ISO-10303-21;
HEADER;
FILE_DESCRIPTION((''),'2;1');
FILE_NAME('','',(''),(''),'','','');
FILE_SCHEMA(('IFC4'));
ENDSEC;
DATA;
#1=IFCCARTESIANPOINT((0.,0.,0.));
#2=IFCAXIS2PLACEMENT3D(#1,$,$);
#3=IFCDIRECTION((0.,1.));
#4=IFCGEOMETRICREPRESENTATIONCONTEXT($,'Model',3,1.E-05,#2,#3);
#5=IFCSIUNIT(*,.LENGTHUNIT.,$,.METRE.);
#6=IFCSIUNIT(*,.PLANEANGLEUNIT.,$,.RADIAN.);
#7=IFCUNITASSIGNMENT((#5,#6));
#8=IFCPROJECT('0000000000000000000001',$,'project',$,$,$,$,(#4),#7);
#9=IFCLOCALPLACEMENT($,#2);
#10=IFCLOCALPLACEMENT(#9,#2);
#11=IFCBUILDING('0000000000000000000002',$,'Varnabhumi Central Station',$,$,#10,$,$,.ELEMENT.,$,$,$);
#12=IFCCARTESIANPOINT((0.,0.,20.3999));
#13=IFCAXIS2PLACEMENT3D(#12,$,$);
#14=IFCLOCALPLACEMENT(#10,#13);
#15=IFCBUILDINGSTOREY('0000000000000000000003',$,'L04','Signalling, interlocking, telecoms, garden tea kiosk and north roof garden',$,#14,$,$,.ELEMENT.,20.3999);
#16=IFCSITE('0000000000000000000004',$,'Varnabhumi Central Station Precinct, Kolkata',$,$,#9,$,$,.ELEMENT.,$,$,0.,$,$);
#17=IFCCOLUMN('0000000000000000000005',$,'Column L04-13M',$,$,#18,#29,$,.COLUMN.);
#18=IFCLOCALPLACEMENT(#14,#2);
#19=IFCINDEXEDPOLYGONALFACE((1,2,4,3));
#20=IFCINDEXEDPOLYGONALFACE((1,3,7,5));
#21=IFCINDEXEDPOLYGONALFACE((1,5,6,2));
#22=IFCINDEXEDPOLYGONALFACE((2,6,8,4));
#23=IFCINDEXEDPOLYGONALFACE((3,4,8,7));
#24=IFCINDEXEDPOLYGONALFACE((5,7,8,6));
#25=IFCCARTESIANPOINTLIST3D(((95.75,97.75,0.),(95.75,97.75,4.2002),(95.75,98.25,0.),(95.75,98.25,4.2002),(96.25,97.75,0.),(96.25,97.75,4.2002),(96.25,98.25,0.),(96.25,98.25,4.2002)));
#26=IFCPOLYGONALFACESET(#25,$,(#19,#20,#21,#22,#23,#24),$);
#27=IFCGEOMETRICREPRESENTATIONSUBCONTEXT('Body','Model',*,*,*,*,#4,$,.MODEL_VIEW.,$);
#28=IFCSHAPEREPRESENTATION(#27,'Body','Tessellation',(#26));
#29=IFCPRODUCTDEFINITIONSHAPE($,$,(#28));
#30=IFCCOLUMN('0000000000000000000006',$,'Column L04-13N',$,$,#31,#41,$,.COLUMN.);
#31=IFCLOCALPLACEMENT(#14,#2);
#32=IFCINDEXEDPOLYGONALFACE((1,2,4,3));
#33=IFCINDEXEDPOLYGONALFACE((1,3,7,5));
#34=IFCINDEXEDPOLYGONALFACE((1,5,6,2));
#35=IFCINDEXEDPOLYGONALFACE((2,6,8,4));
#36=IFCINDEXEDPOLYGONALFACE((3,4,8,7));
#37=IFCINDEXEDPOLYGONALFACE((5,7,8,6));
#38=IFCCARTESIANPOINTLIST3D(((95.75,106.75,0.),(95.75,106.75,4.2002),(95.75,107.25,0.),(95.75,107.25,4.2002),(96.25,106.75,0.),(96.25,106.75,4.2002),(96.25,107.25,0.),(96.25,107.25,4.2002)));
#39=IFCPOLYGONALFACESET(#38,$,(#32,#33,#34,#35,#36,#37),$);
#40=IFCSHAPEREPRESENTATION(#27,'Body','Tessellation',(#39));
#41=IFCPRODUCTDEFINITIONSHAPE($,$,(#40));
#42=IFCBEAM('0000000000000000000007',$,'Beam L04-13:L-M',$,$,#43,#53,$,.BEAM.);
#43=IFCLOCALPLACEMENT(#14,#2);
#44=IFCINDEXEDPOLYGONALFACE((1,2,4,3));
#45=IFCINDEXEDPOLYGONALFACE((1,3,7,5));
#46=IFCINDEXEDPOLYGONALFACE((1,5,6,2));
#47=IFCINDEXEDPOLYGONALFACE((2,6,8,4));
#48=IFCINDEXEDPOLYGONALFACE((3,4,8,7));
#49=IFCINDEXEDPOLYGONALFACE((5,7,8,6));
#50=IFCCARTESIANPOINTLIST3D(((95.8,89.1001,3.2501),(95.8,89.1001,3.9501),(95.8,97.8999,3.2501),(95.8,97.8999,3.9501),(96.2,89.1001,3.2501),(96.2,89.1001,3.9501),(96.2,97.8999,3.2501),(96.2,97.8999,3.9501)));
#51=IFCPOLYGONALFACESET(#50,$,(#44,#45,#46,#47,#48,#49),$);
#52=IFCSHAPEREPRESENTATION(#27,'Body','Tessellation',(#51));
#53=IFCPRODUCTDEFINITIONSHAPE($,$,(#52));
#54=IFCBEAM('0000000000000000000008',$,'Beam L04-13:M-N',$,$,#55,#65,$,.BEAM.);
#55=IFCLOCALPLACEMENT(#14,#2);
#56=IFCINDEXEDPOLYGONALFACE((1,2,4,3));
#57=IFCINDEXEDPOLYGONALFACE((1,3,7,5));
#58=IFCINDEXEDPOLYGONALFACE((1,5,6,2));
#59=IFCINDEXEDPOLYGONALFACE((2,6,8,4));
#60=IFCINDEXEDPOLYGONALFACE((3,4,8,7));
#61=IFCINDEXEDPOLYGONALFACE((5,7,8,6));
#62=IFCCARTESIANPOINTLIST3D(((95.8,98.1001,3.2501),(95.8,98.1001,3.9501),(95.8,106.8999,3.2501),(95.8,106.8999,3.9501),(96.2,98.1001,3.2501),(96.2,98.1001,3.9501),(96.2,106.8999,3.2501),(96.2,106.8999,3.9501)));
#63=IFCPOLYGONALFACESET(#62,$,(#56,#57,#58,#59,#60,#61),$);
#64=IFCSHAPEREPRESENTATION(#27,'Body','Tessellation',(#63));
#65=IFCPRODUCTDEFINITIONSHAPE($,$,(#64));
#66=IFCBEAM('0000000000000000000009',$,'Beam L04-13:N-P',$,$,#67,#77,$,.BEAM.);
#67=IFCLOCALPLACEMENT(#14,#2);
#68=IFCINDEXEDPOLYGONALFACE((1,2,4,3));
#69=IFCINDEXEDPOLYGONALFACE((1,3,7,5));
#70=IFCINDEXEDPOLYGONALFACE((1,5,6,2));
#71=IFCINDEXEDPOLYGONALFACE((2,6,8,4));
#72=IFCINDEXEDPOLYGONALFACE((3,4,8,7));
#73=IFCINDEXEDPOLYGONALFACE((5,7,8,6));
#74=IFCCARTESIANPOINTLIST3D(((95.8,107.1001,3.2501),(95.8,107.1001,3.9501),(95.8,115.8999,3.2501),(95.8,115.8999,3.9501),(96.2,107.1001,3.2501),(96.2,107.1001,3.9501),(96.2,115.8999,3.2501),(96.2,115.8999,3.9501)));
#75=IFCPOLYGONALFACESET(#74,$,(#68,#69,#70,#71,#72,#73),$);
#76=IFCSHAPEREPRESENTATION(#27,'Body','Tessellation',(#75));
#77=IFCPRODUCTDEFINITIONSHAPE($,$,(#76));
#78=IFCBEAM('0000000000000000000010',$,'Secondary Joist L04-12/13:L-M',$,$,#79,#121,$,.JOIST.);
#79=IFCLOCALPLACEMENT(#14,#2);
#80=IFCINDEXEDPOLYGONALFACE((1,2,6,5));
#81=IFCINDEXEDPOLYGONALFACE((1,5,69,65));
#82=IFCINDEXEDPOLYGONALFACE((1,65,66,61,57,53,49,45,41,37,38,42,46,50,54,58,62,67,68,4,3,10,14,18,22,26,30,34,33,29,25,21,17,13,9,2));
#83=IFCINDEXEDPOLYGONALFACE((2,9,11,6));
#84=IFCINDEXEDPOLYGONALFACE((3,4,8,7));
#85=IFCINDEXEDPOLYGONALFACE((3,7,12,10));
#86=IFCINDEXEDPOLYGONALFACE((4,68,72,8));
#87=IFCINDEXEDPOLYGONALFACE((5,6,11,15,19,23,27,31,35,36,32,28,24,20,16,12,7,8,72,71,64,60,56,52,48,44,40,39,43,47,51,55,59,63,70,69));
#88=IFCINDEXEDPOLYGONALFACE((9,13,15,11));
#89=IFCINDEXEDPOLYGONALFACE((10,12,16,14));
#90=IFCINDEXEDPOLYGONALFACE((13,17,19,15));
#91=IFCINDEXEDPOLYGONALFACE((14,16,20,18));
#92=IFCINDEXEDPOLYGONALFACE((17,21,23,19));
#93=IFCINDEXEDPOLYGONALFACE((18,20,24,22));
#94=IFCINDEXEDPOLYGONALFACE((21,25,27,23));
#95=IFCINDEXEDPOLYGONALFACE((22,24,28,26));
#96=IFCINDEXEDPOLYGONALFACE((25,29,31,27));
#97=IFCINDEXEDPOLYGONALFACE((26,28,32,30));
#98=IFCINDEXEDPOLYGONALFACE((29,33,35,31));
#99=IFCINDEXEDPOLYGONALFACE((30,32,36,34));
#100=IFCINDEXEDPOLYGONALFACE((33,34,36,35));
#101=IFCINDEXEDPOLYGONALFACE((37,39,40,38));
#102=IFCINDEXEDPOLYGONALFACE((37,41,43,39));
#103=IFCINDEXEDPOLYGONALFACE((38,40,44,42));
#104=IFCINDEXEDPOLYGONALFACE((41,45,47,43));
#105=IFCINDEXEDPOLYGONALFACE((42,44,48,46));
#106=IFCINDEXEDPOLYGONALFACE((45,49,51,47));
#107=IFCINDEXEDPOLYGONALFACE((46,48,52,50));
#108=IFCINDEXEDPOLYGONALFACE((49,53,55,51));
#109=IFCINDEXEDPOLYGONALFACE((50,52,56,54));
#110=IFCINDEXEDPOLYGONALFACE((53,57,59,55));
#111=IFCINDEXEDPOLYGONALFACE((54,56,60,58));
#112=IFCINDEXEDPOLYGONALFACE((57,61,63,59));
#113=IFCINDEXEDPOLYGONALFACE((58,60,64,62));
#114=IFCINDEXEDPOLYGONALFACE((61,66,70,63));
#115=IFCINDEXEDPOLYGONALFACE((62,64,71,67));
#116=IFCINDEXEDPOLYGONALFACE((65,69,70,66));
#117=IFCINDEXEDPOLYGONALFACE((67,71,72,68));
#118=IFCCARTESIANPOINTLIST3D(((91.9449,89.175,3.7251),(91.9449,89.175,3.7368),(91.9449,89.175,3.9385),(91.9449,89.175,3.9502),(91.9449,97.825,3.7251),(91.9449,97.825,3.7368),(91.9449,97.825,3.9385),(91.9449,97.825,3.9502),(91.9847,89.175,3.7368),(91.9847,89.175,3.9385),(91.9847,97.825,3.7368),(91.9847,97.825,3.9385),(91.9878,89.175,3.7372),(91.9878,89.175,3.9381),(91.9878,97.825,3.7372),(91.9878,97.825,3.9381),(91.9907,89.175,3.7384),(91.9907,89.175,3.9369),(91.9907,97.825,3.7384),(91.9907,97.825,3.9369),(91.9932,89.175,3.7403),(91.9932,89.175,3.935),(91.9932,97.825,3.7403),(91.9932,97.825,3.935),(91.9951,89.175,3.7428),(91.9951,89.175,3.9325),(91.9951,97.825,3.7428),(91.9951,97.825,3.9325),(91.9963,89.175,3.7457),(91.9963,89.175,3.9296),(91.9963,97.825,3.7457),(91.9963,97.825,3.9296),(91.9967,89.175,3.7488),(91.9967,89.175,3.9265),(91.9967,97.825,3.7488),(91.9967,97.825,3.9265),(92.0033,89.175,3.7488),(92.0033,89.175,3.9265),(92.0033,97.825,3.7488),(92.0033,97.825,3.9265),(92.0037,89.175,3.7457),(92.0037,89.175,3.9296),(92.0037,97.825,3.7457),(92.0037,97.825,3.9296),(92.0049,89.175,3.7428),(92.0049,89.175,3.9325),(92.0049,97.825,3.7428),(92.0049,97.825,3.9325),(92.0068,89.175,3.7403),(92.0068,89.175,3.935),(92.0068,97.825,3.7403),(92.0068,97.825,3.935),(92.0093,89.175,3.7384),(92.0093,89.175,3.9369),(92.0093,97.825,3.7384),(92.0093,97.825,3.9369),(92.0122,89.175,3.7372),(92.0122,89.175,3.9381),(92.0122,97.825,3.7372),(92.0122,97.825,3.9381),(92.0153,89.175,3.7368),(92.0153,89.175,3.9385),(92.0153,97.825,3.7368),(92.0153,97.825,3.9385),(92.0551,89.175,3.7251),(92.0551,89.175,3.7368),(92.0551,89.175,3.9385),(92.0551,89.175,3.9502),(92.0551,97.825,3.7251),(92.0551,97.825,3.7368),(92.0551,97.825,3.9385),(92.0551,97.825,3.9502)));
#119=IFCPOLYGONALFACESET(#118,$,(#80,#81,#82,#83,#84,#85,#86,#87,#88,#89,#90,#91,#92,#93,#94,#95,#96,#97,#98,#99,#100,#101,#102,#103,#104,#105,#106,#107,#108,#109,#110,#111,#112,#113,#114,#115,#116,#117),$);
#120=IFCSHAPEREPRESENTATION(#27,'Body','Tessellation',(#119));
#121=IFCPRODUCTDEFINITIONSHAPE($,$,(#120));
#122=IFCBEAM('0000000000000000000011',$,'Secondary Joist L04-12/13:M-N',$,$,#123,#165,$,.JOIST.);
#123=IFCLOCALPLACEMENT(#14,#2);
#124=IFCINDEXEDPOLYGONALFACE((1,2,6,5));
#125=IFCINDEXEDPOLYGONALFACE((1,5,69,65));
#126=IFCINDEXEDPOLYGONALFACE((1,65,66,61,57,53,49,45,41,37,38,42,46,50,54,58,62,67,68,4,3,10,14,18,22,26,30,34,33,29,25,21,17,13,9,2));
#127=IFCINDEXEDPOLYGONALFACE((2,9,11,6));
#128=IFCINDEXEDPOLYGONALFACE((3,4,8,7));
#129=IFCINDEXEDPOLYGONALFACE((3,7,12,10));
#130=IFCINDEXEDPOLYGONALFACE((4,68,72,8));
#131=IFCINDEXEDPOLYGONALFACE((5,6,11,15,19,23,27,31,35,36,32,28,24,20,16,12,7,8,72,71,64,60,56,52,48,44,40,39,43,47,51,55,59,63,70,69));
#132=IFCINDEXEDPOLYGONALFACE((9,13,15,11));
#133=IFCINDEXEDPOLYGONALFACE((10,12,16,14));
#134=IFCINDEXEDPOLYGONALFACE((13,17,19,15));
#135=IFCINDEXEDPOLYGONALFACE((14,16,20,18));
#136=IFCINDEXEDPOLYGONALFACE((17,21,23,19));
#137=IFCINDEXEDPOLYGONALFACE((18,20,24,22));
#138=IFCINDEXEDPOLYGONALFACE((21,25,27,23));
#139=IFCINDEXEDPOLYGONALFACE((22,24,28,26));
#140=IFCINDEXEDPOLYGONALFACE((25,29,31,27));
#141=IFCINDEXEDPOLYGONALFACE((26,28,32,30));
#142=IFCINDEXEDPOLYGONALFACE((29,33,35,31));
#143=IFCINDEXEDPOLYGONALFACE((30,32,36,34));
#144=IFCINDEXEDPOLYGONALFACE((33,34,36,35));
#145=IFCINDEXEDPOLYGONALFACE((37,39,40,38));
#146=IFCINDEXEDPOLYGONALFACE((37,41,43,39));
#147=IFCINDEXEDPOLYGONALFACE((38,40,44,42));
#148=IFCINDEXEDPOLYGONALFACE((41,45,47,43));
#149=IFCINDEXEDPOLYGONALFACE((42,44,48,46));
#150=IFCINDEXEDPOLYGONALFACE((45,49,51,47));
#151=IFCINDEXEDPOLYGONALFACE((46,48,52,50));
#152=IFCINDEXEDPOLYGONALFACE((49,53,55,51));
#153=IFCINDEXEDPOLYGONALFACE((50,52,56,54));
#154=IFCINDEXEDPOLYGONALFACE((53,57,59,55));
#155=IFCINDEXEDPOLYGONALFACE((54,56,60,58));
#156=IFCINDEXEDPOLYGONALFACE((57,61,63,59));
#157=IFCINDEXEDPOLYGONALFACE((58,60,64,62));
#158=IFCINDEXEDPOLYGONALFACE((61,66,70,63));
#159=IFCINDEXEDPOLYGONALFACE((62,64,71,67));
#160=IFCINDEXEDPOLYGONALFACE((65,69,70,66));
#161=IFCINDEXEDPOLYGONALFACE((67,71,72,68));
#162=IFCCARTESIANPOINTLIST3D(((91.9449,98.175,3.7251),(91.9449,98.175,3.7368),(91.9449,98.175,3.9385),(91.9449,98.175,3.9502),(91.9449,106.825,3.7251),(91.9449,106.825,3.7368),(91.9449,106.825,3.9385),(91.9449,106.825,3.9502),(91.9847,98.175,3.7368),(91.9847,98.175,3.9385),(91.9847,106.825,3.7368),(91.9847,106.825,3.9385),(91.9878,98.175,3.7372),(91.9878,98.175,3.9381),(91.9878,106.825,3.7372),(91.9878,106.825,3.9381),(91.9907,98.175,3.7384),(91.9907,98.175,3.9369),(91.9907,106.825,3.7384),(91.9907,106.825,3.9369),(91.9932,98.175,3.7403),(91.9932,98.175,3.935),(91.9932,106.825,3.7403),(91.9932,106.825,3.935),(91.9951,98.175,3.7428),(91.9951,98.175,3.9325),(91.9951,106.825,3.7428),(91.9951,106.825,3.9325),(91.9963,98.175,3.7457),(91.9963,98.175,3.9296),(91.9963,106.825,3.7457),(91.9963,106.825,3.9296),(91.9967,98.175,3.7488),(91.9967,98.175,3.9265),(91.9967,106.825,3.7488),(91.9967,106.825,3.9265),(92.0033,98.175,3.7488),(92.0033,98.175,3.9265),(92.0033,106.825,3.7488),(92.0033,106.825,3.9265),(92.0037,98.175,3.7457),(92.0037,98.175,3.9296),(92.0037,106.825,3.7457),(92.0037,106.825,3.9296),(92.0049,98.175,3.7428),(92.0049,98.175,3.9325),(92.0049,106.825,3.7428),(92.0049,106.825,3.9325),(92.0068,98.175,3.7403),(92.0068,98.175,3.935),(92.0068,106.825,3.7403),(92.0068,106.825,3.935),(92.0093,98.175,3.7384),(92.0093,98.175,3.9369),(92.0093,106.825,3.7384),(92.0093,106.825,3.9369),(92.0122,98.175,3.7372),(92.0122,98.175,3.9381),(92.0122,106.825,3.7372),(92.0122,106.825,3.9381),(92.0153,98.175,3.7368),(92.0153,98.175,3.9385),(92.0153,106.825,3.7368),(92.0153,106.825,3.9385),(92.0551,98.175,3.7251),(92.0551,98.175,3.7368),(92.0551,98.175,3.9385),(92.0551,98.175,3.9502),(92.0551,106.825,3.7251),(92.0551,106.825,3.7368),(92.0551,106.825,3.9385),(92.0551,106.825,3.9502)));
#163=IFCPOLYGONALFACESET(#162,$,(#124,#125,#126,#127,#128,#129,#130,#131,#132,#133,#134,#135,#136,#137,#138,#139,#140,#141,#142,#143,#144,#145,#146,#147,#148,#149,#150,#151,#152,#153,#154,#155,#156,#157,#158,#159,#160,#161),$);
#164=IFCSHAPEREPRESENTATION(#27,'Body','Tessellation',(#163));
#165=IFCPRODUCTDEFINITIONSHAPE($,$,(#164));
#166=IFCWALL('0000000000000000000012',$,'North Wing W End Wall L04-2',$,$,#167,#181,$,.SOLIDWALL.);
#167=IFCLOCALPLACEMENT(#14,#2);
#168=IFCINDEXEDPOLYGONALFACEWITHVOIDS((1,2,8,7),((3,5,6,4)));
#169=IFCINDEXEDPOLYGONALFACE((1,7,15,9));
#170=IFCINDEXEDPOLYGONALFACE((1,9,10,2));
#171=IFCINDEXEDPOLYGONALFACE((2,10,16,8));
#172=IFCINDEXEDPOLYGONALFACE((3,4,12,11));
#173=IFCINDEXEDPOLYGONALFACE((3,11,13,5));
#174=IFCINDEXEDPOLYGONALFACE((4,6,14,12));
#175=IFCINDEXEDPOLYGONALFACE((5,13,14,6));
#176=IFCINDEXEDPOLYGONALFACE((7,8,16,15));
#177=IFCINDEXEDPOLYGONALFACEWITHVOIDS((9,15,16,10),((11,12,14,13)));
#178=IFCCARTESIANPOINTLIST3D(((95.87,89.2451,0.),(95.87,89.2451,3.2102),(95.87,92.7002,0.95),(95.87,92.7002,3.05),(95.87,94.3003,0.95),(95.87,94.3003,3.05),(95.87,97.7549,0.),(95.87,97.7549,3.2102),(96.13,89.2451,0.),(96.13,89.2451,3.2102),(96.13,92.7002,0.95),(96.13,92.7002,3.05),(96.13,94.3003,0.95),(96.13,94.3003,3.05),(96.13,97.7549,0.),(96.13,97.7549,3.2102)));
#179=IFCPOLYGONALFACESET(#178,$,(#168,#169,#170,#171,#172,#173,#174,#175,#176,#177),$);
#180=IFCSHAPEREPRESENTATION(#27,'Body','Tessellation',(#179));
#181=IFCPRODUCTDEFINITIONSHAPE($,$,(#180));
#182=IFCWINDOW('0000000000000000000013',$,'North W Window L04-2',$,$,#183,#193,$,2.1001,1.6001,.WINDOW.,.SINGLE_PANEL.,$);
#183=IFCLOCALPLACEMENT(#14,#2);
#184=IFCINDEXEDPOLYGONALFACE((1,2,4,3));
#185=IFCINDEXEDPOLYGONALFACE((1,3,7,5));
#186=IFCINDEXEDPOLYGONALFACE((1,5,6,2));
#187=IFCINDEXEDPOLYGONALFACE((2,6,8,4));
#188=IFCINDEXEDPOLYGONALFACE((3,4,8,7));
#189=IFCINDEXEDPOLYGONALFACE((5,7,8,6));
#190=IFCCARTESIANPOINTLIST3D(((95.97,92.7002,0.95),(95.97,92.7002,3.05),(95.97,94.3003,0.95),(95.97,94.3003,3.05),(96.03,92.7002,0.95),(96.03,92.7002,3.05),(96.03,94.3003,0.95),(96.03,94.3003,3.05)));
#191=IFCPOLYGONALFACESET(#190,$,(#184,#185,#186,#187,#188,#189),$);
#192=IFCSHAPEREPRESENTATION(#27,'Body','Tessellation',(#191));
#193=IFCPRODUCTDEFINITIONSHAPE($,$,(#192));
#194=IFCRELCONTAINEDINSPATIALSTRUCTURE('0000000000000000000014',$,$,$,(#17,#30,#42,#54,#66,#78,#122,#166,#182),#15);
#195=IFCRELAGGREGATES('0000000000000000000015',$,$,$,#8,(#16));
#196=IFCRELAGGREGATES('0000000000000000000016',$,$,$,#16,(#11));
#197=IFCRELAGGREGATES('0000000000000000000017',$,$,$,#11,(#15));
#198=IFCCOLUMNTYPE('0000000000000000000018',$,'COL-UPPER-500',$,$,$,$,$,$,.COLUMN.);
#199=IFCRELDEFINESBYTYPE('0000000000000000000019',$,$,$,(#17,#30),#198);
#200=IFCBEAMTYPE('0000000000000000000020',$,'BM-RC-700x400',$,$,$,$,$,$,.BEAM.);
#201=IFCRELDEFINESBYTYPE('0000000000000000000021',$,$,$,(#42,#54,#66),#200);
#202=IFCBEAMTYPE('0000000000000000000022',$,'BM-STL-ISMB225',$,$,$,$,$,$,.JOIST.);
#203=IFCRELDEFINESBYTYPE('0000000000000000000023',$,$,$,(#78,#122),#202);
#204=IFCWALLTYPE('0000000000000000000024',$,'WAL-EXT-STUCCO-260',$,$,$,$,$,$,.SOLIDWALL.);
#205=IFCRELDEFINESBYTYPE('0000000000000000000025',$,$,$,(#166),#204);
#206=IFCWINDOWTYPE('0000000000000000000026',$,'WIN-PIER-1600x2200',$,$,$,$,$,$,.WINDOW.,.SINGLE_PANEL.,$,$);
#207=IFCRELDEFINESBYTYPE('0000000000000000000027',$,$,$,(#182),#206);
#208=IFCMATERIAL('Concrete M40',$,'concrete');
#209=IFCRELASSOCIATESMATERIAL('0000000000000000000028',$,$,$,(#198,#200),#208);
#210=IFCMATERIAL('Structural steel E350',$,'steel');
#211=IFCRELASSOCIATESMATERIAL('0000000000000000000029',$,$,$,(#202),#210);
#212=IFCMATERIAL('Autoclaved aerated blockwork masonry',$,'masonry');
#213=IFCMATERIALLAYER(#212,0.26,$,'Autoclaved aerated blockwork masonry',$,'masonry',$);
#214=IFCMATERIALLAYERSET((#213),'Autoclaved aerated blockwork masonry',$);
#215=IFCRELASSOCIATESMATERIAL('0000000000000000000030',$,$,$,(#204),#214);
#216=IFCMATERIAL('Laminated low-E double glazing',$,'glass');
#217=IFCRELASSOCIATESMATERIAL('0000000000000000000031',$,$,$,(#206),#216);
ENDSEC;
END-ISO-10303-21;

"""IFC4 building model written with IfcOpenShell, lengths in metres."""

from ifc_helpers import new_model, si_unit, direction, frame, frame_2d, origin, origin_2d, place, context, subcontext, project, spatial, rectangle, i_section, extrude, material, layer, layer_set, material_profile, profile_set, type_object, element, fill, save


model = new_model("IFC4")

# Units and contexts
model_context = context("Model", 3, precision=1e-05, world=origin(), true_north=direction((0.0, 1.0)))
body_context = subcontext(model_context, "Body", "Model", "MODEL_VIEW")
ifc_project = project(units=[si_unit("LENGTHUNIT", "METRE"), si_unit("PLANEANGLEUNIT", "RADIAN")], contexts=[model_context])

# Site, building, storey
site_placement = place(None, origin())
site = spatial("IfcSite", under=ifc_project, at=site_placement, Name="Varnabhumi Central Station Precinct, Kolkata", CompositionType="ELEMENT", RefElevation=0.0)
building_placement = place(site_placement, origin())
building = spatial("IfcBuilding", under=site, at=building_placement, Name="Varnabhumi Central Station", CompositionType="ELEMENT")
storey_placement = place(building_placement, frame((0.0, 0.0, 20.3999)))
storey = spatial("IfcBuildingStorey", under=building, at=storey_placement, Name="L04", Description="Signalling, interlocking, telecoms, garden tea kiosk and north roof garden", CompositionType="ELEMENT", Elevation=20.3999)

# Columns
ifc_material_1 = material(Name="Concrete M40", Category="concrete")
ifc_material_profile_1 = material_profile(ifc_material_1, rectangle(XDim=0.5, YDim=0.5, at=origin_2d()), Name="Concrete M40", Category="concrete")
ifc_profile_set_1 = profile_set([ifc_material_profile_1], Name="Concrete M40")
column_type = type_object("IfcColumnType", Name="COL-UPPER-500", PredefinedType="COLUMN", material=ifc_profile_set_1)
for number, where, z_axis, x_axis, name in (
    (1, (96.0, 98.0, 0.0), (0.0, 0.0, 1.0), (1.0, 0.0, 0.0), "Column L04-13M"),
    (2, (96.0, 107.0, 0.0), (0.0, 0.0, 1.0), (1.0, 0.0, 0.0), "Column L04-13N"),
):
    element("IfcColumn", number, at=place(storey_placement, frame(where, z_axis=z_axis, x_axis=x_axis)), inside=storey, type_object=column_type, Name=name, PredefinedType="COLUMN", context=body_context, shape_type="SweptSolid", body=[
        extrude(rectangle(XDim=0.5, YDim=0.5, at=origin_2d()), origin(), (0.0, 0.0, 1.0), 4.2002),
    ])

# Beams
ifc_material_profile_2 = material_profile(ifc_material_1, rectangle(XDim=0.3999, YDim=0.7, at=origin_2d()), Name="Concrete M40", Category="concrete")
ifc_profile_set_2 = profile_set([ifc_material_profile_2], Name="Concrete M40")
beam_type_1 = type_object("IfcBeamType", Name="BM-RC-700x400", PredefinedType="BEAM", material=ifc_profile_set_2)
for number, where, z_axis, x_axis, name in (
    (3, (96.0, 89.1001, 3.6001), (0.0, 1.0, 0.0), (-1.0, 0.0, 0.0), "Beam L04-13:L-M"),
    (4, (96.0, 98.1001, 3.6001), (0.0, 1.0, 0.0), (-1.0, 0.0, 0.0), "Beam L04-13:M-N"),
    (5, (96.0, 107.1001, 3.6001), (0.0, 1.0, 0.0), (-1.0, 0.0, 0.0), "Beam L04-13:N-P"),
):
    element("IfcBeam", number, at=place(storey_placement, frame(where, z_axis=z_axis, x_axis=x_axis)), inside=storey, type_object=beam_type_1, Name=name, PredefinedType="BEAM", context=body_context, shape_type="SweptSolid", body=[
        extrude(rectangle(XDim=0.3999, YDim=0.7, at=origin_2d()), origin(), (0.0, 0.0, 1.0), 8.7998),
    ])
ifc_material_2 = material(Name="Structural steel E350", Category="steel")
ifc_material_profile_3 = material_profile(ifc_material_2, i_section(OverallWidth=0.1101, OverallDepth=0.2251, WebThickness=0.0066, FlangeThickness=0.0117, FilletRadius=0.012, at=origin_2d()), Name="Structural steel E350", Category="steel")
ifc_profile_set_3 = profile_set([ifc_material_profile_3], Name="Structural steel E350")
beam_type_2 = type_object("IfcBeamType", Name="BM-STL-ISMB225", PredefinedType="JOIST", material=ifc_profile_set_3)
for number, where, z_axis, x_axis, name in (
    (6, (92.0, 89.175, 3.8376), (0.0, 1.0, 0.0), (-1.0, 0.0, 0.0), "Secondary Joist L04-12/13:L-M"),
    (7, (92.0, 98.175, 3.8376), (0.0, 1.0, 0.0), (-1.0, 0.0, 0.0), "Secondary Joist L04-12/13:M-N"),
):
    element("IfcBeam", number, at=place(storey_placement, frame(where, z_axis=z_axis, x_axis=x_axis)), inside=storey, type_object=beam_type_2, Name=name, PredefinedType="JOIST", context=body_context, shape_type="SweptSolid", body=[
        extrude(i_section(OverallWidth=0.1101, OverallDepth=0.2251, WebThickness=0.0066, FlangeThickness=0.0117, FilletRadius=0.012, at=origin_2d()), origin(), (0.0, 0.0, 1.0), 8.6499),
    ])

# Shared definitions
ifc_material_3 = material(Name="Autoclaved aerated blockwork masonry", Category="masonry")

# Wall, opening, window
ifc_layer_1 = layer(ifc_material_3, 0.26, Name="Autoclaved aerated blockwork masonry", Category="masonry")
ifc_layer_set_1 = layer_set([ifc_layer_1], Name="Autoclaved aerated blockwork masonry")
wall_type_1 = type_object("IfcWallType", Name="WAL-EXT-STUCCO-260", PredefinedType="SOLIDWALL", material=ifc_layer_set_1)
wall_1_placement = place(storey_placement, frame((96.0, 89.2451, 0.0), z_axis=(0.0, 0.0, 1.0), x_axis=(0.0, 1.0, 0.0)))
wall_1 = element("IfcWall", 8, at=wall_1_placement, inside=storey, type_object=wall_type_1, Name="North Wing W End Wall L04-2", PredefinedType="SOLIDWALL", context=body_context, shape_type="SweptSolid", body=[
    extrude(rectangle(XDim=8.5098, YDim=0.26, at=frame_2d((4.2549, 0.0))), origin(), (0.0, 0.0, 1.0), 3.2102),
])
opening_1_placement = place(wall_1_placement, frame((3.4551, 0.0, 0.95)))
opening_1 = element("IfcOpeningElement", 9, at=opening_1_placement, cuts=wall_1, PredefinedType="OPENING", context=body_context, shape_type="SweptSolid", body=[
    extrude(rectangle(XDim=1.6001, YDim=2.1001, at=frame_2d((0.8, 1.05))), frame((0.0, 0.1399, 0.0), z_axis=(0.0, -1.0, 0.0), x_axis=(1.0, 0.0, 0.0)), (0.0, 0.0, 1.0), 0.28),
])
ifc_material_4 = material(Name="Laminated low-E double glazing", Category="glass")
window_type = type_object("IfcWindowType", Name="WIN-PIER-1600x2200", PartitioningType="SINGLE_PANEL", PredefinedType="WINDOW", material=ifc_material_4)
window_1_placement = place(opening_1_placement, origin())
window_1 = element("IfcWindow", 10, at=window_1_placement, inside=storey, type_object=window_type, Name="North W Window L04-2", OverallHeight=2.1001, OverallWidth=1.6001, PartitioningType="SINGLE_PANEL", PredefinedType="WINDOW", context=body_context, shape_type="SweptSolid", body=[
    extrude(rectangle(XDim=1.6001, YDim=2.1001, at=frame_2d((0.8, 1.05))), frame((0.0, 0.03, 0.0), z_axis=(0.0, -1.0, 0.0), x_axis=(1.0, 0.0, 0.0)), (0.0, 0.0, 1.0), 0.0601),
])
fill(opening_1, window_1)

save(model, "model.ifc")
